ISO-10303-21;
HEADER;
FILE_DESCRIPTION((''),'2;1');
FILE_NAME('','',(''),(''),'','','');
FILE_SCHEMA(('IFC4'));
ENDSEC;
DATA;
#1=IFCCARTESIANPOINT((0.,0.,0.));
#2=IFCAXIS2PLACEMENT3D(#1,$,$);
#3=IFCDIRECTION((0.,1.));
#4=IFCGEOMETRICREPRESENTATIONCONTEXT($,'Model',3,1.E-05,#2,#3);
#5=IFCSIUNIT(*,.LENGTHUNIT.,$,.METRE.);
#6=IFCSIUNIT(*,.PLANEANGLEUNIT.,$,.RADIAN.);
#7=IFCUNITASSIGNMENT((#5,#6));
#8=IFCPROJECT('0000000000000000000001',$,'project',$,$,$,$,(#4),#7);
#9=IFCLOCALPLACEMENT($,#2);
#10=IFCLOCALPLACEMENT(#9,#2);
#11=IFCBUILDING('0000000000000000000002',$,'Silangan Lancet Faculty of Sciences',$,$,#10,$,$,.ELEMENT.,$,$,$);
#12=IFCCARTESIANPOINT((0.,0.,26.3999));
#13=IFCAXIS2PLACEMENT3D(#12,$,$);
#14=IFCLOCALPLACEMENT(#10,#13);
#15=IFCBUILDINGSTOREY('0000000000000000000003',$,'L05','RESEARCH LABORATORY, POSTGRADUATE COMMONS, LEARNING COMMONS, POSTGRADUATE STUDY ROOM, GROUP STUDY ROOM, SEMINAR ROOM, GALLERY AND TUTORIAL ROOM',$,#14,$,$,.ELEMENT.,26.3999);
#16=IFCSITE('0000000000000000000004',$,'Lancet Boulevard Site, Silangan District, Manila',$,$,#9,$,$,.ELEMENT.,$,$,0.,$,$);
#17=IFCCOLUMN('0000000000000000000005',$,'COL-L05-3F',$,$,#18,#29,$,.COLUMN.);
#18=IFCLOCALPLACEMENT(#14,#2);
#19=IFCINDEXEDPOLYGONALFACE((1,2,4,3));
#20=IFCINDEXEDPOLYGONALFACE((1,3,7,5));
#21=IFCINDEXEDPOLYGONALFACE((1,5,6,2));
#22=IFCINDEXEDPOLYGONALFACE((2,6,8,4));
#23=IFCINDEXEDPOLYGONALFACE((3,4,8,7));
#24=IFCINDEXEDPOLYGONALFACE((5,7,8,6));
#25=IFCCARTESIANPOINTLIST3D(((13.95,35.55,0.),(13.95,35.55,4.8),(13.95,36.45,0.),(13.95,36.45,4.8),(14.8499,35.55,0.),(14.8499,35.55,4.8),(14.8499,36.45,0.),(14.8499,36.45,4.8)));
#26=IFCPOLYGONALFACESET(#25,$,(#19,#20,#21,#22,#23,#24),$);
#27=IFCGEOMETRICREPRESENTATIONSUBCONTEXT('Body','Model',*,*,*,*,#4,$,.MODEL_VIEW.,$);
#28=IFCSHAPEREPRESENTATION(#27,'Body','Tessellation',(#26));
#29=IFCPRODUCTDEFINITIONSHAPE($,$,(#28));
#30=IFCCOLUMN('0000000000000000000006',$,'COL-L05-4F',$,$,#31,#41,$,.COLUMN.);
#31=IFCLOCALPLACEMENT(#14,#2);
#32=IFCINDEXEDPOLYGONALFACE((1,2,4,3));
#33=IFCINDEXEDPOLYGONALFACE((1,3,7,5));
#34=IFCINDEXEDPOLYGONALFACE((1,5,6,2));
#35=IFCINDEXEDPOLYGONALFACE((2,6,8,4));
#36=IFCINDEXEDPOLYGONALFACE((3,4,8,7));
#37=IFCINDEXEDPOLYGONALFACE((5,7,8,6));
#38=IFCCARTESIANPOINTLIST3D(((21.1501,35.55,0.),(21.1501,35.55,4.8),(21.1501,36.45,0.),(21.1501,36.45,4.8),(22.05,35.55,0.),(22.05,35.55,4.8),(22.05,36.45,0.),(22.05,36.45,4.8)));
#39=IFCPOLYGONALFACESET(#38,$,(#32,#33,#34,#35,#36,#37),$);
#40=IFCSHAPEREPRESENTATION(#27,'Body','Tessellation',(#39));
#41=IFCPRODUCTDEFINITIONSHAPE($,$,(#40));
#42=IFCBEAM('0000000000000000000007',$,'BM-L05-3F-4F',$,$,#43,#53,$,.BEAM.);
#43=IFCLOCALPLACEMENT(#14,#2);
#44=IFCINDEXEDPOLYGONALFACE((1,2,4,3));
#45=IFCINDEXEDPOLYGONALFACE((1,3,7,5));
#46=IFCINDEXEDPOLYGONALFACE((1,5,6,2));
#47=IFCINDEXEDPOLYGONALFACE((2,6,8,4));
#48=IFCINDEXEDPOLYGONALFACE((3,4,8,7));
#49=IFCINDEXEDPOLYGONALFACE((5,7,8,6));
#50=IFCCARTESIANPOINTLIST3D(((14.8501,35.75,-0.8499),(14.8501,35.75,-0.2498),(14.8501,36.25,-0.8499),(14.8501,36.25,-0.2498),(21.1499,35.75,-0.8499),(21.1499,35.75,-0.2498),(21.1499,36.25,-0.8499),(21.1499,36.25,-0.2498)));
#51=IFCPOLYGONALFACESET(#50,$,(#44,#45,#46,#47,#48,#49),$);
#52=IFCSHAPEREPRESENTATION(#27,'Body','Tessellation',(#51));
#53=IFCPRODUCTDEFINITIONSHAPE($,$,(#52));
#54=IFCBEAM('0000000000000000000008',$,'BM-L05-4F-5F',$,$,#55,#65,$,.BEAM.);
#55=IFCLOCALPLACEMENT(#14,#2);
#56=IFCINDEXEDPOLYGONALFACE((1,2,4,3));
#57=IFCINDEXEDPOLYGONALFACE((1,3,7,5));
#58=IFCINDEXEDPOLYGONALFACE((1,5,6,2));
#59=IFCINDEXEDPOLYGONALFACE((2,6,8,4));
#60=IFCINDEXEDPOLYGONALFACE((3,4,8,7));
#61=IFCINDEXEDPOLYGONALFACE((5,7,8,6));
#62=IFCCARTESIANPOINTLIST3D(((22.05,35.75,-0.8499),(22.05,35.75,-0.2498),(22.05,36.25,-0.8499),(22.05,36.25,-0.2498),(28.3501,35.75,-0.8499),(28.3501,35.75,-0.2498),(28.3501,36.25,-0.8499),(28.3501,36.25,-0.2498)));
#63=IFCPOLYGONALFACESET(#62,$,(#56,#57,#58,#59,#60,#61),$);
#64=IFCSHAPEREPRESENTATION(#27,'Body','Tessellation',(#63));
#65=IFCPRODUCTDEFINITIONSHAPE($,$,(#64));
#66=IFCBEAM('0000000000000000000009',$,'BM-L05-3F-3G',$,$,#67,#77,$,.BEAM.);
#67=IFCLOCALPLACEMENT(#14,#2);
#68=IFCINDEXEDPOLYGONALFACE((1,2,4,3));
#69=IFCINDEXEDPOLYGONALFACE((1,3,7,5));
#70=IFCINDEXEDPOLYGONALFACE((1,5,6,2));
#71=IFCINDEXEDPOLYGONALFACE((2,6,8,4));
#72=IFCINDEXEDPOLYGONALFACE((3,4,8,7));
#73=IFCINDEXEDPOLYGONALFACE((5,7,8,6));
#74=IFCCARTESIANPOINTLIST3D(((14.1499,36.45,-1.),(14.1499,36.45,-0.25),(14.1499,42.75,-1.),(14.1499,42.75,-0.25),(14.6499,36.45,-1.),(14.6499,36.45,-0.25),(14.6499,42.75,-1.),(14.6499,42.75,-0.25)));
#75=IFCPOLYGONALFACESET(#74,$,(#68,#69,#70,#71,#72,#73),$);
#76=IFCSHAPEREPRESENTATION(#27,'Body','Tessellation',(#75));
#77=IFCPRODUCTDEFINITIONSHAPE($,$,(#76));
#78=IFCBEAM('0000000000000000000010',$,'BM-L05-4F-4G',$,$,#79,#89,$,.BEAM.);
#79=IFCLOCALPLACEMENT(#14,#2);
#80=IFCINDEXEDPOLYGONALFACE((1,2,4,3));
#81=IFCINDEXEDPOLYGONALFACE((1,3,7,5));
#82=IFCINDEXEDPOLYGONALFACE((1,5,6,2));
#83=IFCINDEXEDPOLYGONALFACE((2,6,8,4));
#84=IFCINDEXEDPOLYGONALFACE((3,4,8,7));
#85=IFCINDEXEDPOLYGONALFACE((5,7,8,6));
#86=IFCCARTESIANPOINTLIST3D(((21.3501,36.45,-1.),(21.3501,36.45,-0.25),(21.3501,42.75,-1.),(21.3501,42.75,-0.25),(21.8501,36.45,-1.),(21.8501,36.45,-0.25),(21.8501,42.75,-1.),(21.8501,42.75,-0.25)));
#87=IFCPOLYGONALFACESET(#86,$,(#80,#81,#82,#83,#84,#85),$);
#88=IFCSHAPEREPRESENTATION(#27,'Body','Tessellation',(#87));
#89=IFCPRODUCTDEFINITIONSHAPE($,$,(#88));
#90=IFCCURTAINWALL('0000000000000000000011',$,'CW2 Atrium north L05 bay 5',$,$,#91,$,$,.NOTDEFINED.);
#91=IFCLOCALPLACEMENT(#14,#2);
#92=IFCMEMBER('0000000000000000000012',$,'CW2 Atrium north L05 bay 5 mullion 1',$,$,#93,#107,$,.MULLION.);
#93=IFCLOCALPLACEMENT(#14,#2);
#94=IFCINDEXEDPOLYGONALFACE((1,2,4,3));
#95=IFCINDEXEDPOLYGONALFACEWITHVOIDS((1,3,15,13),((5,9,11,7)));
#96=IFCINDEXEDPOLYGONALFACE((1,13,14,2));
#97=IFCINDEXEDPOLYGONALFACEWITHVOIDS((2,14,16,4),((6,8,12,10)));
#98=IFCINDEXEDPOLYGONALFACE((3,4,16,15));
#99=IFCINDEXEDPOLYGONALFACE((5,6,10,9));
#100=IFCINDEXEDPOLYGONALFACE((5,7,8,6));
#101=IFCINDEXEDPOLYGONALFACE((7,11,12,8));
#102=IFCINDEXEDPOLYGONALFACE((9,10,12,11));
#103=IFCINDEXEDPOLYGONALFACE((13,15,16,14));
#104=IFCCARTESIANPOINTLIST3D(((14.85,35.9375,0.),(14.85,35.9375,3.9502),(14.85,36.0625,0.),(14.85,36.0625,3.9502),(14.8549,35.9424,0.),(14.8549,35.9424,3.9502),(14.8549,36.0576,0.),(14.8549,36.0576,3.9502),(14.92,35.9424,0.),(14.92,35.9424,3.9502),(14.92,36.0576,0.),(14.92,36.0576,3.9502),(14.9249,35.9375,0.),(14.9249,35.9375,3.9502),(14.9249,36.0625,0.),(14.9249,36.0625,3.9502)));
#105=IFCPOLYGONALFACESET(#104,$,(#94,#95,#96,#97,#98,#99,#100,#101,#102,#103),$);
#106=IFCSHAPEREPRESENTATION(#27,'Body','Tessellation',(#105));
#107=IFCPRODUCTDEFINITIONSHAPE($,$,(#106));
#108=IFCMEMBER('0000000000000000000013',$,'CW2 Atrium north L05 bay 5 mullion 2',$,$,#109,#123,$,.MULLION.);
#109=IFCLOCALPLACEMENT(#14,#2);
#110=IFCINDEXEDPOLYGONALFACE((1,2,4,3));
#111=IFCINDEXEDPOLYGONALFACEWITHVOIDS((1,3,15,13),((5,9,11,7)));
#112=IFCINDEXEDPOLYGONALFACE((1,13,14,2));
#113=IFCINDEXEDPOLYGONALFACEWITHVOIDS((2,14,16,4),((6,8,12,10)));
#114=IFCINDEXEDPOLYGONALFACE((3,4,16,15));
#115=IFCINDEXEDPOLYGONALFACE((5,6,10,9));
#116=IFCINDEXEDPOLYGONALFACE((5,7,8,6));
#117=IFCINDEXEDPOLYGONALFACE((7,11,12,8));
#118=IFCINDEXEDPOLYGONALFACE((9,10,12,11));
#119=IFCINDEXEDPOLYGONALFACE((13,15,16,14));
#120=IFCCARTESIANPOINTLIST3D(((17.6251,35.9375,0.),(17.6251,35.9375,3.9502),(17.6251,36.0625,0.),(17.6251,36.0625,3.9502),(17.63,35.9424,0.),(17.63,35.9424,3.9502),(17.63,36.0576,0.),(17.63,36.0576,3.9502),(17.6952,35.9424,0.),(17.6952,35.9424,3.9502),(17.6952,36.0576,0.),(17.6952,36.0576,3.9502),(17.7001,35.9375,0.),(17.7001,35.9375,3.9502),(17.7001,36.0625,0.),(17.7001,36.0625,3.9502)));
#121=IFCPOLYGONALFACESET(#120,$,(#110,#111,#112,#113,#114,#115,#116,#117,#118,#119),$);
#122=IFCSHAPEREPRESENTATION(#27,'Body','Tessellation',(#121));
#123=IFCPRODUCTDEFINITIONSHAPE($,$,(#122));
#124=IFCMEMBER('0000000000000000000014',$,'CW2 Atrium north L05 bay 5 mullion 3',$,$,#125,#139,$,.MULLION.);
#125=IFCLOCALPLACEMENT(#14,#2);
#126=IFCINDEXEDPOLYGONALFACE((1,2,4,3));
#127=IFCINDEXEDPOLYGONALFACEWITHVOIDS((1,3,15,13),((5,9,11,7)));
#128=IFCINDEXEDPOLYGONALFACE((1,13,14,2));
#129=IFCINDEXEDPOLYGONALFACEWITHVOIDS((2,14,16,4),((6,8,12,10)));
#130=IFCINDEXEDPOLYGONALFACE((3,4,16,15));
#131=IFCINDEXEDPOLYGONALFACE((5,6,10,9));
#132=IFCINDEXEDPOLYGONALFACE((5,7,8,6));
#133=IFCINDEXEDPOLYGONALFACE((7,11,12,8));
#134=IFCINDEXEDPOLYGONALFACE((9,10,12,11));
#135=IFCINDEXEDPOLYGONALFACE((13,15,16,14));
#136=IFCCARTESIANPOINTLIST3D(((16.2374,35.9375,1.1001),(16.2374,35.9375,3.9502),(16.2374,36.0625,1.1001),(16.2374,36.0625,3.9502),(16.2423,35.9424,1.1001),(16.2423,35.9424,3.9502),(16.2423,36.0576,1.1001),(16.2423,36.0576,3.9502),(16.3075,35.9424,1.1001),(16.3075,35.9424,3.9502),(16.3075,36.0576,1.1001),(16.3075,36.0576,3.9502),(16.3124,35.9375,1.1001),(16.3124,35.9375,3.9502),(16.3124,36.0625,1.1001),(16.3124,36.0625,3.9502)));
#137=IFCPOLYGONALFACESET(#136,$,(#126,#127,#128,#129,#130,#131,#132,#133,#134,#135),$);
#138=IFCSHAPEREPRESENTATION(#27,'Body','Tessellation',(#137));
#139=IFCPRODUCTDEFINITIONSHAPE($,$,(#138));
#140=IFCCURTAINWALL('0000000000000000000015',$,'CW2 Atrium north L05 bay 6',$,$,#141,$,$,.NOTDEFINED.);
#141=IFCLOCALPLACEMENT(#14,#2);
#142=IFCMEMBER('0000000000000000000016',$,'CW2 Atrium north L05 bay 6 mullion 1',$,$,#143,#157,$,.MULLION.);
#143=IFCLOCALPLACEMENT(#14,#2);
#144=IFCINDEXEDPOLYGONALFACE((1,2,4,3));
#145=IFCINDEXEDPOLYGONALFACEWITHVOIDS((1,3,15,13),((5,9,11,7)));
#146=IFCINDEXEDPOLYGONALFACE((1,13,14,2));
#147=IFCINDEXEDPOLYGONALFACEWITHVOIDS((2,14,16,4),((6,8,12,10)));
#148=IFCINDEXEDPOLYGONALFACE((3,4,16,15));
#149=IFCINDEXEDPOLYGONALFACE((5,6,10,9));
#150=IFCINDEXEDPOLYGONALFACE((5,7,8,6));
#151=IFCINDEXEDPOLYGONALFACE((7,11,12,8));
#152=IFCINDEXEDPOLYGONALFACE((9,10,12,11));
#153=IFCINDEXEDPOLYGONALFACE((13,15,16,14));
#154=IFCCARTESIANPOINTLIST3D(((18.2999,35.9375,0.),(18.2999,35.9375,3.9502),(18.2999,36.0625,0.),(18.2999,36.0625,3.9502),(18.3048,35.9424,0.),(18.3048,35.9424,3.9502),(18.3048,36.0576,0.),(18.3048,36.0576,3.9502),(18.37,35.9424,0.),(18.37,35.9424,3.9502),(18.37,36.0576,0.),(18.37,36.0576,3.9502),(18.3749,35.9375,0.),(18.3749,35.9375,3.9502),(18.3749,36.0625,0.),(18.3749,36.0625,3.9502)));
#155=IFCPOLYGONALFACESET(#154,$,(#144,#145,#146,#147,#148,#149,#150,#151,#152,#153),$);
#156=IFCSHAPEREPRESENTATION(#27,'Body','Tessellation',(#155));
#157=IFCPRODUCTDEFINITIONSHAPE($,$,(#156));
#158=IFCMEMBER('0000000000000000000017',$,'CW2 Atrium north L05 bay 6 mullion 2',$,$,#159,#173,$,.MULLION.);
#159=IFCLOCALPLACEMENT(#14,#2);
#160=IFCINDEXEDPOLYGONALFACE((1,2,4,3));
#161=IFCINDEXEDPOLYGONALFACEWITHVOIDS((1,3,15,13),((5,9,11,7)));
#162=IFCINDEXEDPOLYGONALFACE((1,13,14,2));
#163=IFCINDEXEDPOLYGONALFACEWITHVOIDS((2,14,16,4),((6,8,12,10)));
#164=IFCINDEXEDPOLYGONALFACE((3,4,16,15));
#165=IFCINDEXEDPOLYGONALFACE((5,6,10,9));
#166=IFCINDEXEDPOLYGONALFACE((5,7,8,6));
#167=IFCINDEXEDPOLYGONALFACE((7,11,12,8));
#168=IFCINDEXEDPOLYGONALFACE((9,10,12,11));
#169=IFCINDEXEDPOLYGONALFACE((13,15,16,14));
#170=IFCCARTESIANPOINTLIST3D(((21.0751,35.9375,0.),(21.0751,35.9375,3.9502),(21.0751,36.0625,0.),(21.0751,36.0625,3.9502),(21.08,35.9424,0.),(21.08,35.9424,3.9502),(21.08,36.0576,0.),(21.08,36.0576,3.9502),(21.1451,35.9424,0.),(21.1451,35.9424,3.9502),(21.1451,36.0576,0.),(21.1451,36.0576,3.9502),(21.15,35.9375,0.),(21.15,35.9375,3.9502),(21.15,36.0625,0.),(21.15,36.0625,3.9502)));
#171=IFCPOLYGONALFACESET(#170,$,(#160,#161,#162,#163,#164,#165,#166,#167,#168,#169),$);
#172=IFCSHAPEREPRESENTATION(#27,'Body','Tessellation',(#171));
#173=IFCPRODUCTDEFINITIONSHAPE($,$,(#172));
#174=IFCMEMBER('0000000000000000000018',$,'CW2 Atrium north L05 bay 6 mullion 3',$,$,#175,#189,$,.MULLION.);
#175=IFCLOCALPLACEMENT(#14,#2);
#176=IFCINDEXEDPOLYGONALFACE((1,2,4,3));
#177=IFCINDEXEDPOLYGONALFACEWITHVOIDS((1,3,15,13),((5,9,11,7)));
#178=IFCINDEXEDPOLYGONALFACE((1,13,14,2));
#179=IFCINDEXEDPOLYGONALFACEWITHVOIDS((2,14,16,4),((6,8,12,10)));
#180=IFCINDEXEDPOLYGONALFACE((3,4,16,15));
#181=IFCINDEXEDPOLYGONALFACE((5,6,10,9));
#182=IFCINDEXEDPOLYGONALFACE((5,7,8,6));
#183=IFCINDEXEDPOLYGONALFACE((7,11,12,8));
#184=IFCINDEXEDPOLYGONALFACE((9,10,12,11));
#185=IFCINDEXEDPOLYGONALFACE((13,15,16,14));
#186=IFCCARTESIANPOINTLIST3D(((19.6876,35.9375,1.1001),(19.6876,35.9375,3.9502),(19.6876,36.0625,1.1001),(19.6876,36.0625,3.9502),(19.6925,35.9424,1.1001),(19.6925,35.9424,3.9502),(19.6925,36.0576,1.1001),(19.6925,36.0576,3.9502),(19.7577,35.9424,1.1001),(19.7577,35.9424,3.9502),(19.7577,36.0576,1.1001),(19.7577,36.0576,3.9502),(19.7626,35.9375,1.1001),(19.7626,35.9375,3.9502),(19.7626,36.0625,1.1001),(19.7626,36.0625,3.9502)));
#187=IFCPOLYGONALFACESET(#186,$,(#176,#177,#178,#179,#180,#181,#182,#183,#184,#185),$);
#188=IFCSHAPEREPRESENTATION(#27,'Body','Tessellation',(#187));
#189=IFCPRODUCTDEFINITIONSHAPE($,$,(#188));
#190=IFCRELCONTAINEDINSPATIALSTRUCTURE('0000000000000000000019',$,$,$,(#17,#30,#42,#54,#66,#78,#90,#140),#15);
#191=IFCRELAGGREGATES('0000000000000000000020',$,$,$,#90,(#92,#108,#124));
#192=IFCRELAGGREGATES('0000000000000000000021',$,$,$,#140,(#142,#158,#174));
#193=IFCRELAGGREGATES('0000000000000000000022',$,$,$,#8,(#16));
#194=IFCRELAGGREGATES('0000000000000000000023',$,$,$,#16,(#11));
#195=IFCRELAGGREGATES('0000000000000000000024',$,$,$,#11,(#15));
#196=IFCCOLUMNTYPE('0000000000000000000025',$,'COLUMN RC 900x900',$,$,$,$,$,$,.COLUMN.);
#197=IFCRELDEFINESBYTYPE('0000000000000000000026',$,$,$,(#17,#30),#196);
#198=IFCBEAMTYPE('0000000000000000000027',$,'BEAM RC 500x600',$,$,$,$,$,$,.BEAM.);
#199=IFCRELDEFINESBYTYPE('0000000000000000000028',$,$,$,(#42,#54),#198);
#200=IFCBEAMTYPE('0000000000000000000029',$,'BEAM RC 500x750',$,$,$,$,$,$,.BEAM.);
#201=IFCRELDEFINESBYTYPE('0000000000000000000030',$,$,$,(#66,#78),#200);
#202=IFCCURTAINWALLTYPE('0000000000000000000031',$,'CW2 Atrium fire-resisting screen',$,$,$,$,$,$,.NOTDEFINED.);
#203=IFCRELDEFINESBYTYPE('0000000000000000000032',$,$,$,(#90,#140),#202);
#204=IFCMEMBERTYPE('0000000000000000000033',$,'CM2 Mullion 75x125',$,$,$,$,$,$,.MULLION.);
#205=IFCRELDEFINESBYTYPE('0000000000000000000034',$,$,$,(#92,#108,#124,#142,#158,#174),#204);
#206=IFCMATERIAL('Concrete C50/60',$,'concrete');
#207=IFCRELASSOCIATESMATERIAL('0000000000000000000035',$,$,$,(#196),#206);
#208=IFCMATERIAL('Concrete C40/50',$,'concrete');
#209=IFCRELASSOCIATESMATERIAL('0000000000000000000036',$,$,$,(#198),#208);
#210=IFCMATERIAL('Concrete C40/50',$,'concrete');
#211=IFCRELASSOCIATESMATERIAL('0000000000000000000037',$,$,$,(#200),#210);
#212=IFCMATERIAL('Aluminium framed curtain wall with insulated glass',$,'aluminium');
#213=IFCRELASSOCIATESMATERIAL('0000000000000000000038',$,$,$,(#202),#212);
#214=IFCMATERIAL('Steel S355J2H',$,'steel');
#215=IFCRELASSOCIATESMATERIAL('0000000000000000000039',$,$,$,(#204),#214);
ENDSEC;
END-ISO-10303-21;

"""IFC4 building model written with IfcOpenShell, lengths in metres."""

from ifc_helpers import new_model, si_unit, direction, frame, origin, origin_2d, place, context, subcontext, project, spatial, rectangle, hollow_rectangle, extrude, material, material_profile, profile_set, type_object, element, aggregate, save


model = new_model("IFC4")

# Units and contexts
model_context = context("Model", 3, precision=1e-05, world=origin(), true_north=direction((0.0, 1.0)))
body_context = subcontext(model_context, "Body", "Model", "MODEL_VIEW")
ifc_project = project(units=[si_unit("LENGTHUNIT", "METRE"), si_unit("PLANEANGLEUNIT", "RADIAN")], contexts=[model_context])

# Site, building, storey
site_placement = place(None, origin())
site = spatial("IfcSite", under=ifc_project, at=site_placement, Name="Lancet Boulevard Site, Silangan District, Manila", CompositionType="ELEMENT", RefElevation=0.0)
building_placement = place(site_placement, origin())
building = spatial("IfcBuilding", under=site, at=building_placement, Name="Silangan Lancet Faculty of Sciences", CompositionType="ELEMENT")
storey_placement = place(building_placement, frame((0.0, 0.0, 26.3999)))
storey = spatial("IfcBuildingStorey", under=building, at=storey_placement, Name="L05", Description="RESEARCH LABORATORY, POSTGRADUATE COMMONS, LEARNING COMMONS, POSTGRADUATE STUDY ROOM, GROUP STUDY ROOM, SEMINAR ROOM, GALLERY AND TUTORIAL ROOM", CompositionType="ELEMENT", Elevation=26.3999)

# Columns
ifc_material_1 = material(Name="Concrete C50/60", Category="concrete")
ifc_material_profile_1 = material_profile(ifc_material_1, rectangle(XDim=0.8999, YDim=0.8999, at=origin_2d()), Name="RC 900x900")
ifc_profile_set_1 = profile_set([ifc_material_profile_1], Name="Concrete C50/60")
column_type = type_object("IfcColumnType", Name="COLUMN RC 900x900", PredefinedType="COLUMN", material=ifc_profile_set_1)
for number, where, z_axis, x_axis, name in (
    (1, (14.3999, 36.0, 0.0), (0.0, 0.0, 1.0), (1.0, 0.0, 0.0), "COL-L05-3F"),
    (2, (21.6001, 36.0, 0.0), (0.0, 0.0, 1.0), (1.0, 0.0, 0.0), "COL-L05-4F"),
):
    element("IfcColumn", number, at=place(storey_placement, frame(where, z_axis=z_axis, x_axis=x_axis)), inside=storey, type_object=column_type, Name=name, PredefinedType="COLUMN", context=body_context, shape_type="SweptSolid", body=[
        extrude(rectangle(XDim=0.8999, YDim=0.8999, at=origin_2d()), origin(), (0.0, 0.0, 1.0), 4.8),
    ])

# Beams
ifc_material_2 = material(Name="Concrete C40/50", Category="concrete")
ifc_material_profile_2 = material_profile(ifc_material_2, rectangle(XDim=0.5, YDim=0.6001, at=origin_2d()), Name="RC 500x600")
ifc_profile_set_2 = profile_set([ifc_material_profile_2], Name="Concrete C40/50")
beam_type_1 = type_object("IfcBeamType", Name="BEAM RC 500x600", PredefinedType="BEAM", material=ifc_profile_set_2)
beam_1_placement = place(storey_placement, frame((14.8501, 36.0, -0.5498), z_axis=(1.0, 0.0, 0.0), x_axis=(0.0, 1.0, 0.0)))
element("IfcBeam", 3, at=beam_1_placement, inside=storey, type_object=beam_type_1, Name="BM-L05-3F-4F", PredefinedType="BEAM", context=body_context, shape_type="SweptSolid", body=[
    extrude(rectangle(XDim=0.5, YDim=0.6001, at=origin_2d()), origin(), (0.0, 0.0, 1.0), 6.2998),
])
beam_2_placement = place(storey_placement, frame((22.05, 36.0, -0.5498), z_axis=(1.0, 0.0, 0.0), x_axis=(0.0, 1.0, 0.0)))
element("IfcBeam", 4, at=beam_2_placement, inside=storey, type_object=beam_type_1, Name="BM-L05-4F-5F", PredefinedType="BEAM", context=body_context, shape_type="SweptSolid", body=[
    extrude(rectangle(XDim=0.5, YDim=0.6001, at=origin_2d()), origin(), (0.0, 0.0, 1.0), 6.3),
])
ifc_material_3 = material(Name="Concrete C40/50", Category="concrete")
ifc_material_profile_3 = material_profile(ifc_material_3, rectangle(XDim=0.5, YDim=0.75, at=origin_2d()), Name="RC 500x750")
ifc_profile_set_3 = profile_set([ifc_material_profile_3], Name="Concrete C40/50")
beam_type_2 = type_object("IfcBeamType", Name="BEAM RC 500x750", PredefinedType="BEAM", material=ifc_profile_set_3)
for number, where, z_axis, x_axis, name in (
    (5, (14.3999, 36.45, -0.625), (0.0, 1.0, 0.0), (-1.0, 0.0, 0.0), "BM-L05-3F-3G"),
    (6, (21.6001, 36.45, -0.625), (0.0, 1.0, 0.0), (-1.0, 0.0, 0.0), "BM-L05-4F-4G"),
):
    element("IfcBeam", number, at=place(storey_placement, frame(where, z_axis=z_axis, x_axis=x_axis)), inside=storey, type_object=beam_type_2, Name=name, PredefinedType="BEAM", context=body_context, shape_type="SweptSolid", body=[
        extrude(rectangle(XDim=0.5, YDim=0.75, at=origin_2d()), origin(), (0.0, 0.0, 1.0), 6.3),
    ])

# Curtain walls, members
ifc_material_4 = material(Name="Aluminium framed curtain wall with insulated glass", Category="aluminium")
curtain_wall_type = type_object("IfcCurtainWallType", Name="CW2 Atrium fire-resisting screen", PredefinedType="NOTDEFINED", material=ifc_material_4)
curtain_wall_1_placement = place(storey_placement, origin())
curtain_wall_1 = element("IfcCurtainWall", 7, at=curtain_wall_1_placement, inside=storey, type_object=curtain_wall_type, Name="CW2 Atrium north L05 bay 5", PredefinedType="NOTDEFINED")
ifc_material_5 = material(Name="Steel S355J2H", Category="steel")
ifc_material_profile_4 = material_profile(ifc_material_5, hollow_rectangle(XDim=0.075, YDim=0.125, WallThickness=0.0049, at=origin_2d()), Name="ST BOX 75x125x5")
ifc_profile_set_4 = profile_set([ifc_material_profile_4], Name="Steel S355J2H")
member_type_1 = type_object("IfcMemberType", Name="CM2 Mullion 75x125", PredefinedType="MULLION", material=ifc_profile_set_4)
member_1_placement = place(storey_placement, frame((14.8875, 36.0, 0.0), z_axis=(0.0, 0.0, 1.0), x_axis=(1.0, 0.0, 0.0)))
member_1 = element("IfcMember", 8, at=member_1_placement, type_object=member_type_1, Name="CW2 Atrium north L05 bay 5 mullion 1", PredefinedType="MULLION", context=body_context, shape_type="SweptSolid", body=[
    extrude(hollow_rectangle(XDim=0.075, YDim=0.125, WallThickness=0.0049, at=origin_2d()), origin(), (0.0, 0.0, 1.0), 3.9502),
])
member_2_placement = place(storey_placement, frame((17.6626, 36.0, 0.0), z_axis=(0.0, 0.0, 1.0), x_axis=(1.0, 0.0, 0.0)))
member_2 = element("IfcMember", 9, at=member_2_placement, type_object=member_type_1, Name="CW2 Atrium north L05 bay 5 mullion 2", PredefinedType="MULLION", context=body_context, shape_type="SweptSolid", body=[
    extrude(hollow_rectangle(XDim=0.075, YDim=0.125, WallThickness=0.0049, at=origin_2d()), origin(), (0.0, 0.0, 1.0), 3.9502),
])
member_3_placement = place(storey_placement, frame((16.2749, 36.0, 1.1001), z_axis=(0.0, 0.0, 1.0), x_axis=(1.0, 0.0, 0.0)))
member_3 = element("IfcMember", 10, at=member_3_placement, type_object=member_type_1, Name="CW2 Atrium north L05 bay 5 mullion 3", PredefinedType="MULLION", context=body_context, shape_type="SweptSolid", body=[
    extrude(hollow_rectangle(XDim=0.075, YDim=0.125, WallThickness=0.0049, at=origin_2d()), origin(), (0.0, 0.0, 1.0), 2.8501),
])
curtain_wall_2_placement = place(storey_placement, origin())
curtain_wall_2 = element("IfcCurtainWall", 11, at=curtain_wall_2_placement, inside=storey, type_object=curtain_wall_type, Name="CW2 Atrium north L05 bay 6", PredefinedType="NOTDEFINED")
member_4_placement = place(storey_placement, frame((18.3374, 36.0, 0.0), z_axis=(0.0, 0.0, 1.0), x_axis=(1.0, 0.0, 0.0)))
member_4 = element("IfcMember", 12, at=member_4_placement, type_object=member_type_1, Name="CW2 Atrium north L05 bay 6 mullion 1", PredefinedType="MULLION", context=body_context, shape_type="SweptSolid", body=[
    extrude(hollow_rectangle(XDim=0.075, YDim=0.125, WallThickness=0.0049, at=origin_2d()), origin(), (0.0, 0.0, 1.0), 3.9502),
])
member_5_placement = place(storey_placement, frame((21.1125, 36.0, 0.0), z_axis=(0.0, 0.0, 1.0), x_axis=(1.0, 0.0, 0.0)))
member_5 = element("IfcMember", 13, at=member_5_placement, type_object=member_type_1, Name="CW2 Atrium north L05 bay 6 mullion 2", PredefinedType="MULLION", context=body_context, shape_type="SweptSolid", body=[
    extrude(hollow_rectangle(XDim=0.075, YDim=0.125, WallThickness=0.0049, at=origin_2d()), origin(), (0.0, 0.0, 1.0), 3.9502),
])
member_6_placement = place(storey_placement, frame((19.7251, 36.0, 1.1001), z_axis=(0.0, 0.0, 1.0), x_axis=(1.0, 0.0, 0.0)))
member_6 = element("IfcMember", 14, at=member_6_placement, type_object=member_type_1, Name="CW2 Atrium north L05 bay 6 mullion 3", PredefinedType="MULLION", context=body_context, shape_type="SweptSolid", body=[
    extrude(hollow_rectangle(XDim=0.075, YDim=0.125, WallThickness=0.0049, at=origin_2d()), origin(), (0.0, 0.0, 1.0), 2.8501),
])

aggregate(curtain_wall_1, [member_1, member_2, member_3])
aggregate(curtain_wall_2, [member_4, member_5, member_6])

save(model, "model.ifc")
